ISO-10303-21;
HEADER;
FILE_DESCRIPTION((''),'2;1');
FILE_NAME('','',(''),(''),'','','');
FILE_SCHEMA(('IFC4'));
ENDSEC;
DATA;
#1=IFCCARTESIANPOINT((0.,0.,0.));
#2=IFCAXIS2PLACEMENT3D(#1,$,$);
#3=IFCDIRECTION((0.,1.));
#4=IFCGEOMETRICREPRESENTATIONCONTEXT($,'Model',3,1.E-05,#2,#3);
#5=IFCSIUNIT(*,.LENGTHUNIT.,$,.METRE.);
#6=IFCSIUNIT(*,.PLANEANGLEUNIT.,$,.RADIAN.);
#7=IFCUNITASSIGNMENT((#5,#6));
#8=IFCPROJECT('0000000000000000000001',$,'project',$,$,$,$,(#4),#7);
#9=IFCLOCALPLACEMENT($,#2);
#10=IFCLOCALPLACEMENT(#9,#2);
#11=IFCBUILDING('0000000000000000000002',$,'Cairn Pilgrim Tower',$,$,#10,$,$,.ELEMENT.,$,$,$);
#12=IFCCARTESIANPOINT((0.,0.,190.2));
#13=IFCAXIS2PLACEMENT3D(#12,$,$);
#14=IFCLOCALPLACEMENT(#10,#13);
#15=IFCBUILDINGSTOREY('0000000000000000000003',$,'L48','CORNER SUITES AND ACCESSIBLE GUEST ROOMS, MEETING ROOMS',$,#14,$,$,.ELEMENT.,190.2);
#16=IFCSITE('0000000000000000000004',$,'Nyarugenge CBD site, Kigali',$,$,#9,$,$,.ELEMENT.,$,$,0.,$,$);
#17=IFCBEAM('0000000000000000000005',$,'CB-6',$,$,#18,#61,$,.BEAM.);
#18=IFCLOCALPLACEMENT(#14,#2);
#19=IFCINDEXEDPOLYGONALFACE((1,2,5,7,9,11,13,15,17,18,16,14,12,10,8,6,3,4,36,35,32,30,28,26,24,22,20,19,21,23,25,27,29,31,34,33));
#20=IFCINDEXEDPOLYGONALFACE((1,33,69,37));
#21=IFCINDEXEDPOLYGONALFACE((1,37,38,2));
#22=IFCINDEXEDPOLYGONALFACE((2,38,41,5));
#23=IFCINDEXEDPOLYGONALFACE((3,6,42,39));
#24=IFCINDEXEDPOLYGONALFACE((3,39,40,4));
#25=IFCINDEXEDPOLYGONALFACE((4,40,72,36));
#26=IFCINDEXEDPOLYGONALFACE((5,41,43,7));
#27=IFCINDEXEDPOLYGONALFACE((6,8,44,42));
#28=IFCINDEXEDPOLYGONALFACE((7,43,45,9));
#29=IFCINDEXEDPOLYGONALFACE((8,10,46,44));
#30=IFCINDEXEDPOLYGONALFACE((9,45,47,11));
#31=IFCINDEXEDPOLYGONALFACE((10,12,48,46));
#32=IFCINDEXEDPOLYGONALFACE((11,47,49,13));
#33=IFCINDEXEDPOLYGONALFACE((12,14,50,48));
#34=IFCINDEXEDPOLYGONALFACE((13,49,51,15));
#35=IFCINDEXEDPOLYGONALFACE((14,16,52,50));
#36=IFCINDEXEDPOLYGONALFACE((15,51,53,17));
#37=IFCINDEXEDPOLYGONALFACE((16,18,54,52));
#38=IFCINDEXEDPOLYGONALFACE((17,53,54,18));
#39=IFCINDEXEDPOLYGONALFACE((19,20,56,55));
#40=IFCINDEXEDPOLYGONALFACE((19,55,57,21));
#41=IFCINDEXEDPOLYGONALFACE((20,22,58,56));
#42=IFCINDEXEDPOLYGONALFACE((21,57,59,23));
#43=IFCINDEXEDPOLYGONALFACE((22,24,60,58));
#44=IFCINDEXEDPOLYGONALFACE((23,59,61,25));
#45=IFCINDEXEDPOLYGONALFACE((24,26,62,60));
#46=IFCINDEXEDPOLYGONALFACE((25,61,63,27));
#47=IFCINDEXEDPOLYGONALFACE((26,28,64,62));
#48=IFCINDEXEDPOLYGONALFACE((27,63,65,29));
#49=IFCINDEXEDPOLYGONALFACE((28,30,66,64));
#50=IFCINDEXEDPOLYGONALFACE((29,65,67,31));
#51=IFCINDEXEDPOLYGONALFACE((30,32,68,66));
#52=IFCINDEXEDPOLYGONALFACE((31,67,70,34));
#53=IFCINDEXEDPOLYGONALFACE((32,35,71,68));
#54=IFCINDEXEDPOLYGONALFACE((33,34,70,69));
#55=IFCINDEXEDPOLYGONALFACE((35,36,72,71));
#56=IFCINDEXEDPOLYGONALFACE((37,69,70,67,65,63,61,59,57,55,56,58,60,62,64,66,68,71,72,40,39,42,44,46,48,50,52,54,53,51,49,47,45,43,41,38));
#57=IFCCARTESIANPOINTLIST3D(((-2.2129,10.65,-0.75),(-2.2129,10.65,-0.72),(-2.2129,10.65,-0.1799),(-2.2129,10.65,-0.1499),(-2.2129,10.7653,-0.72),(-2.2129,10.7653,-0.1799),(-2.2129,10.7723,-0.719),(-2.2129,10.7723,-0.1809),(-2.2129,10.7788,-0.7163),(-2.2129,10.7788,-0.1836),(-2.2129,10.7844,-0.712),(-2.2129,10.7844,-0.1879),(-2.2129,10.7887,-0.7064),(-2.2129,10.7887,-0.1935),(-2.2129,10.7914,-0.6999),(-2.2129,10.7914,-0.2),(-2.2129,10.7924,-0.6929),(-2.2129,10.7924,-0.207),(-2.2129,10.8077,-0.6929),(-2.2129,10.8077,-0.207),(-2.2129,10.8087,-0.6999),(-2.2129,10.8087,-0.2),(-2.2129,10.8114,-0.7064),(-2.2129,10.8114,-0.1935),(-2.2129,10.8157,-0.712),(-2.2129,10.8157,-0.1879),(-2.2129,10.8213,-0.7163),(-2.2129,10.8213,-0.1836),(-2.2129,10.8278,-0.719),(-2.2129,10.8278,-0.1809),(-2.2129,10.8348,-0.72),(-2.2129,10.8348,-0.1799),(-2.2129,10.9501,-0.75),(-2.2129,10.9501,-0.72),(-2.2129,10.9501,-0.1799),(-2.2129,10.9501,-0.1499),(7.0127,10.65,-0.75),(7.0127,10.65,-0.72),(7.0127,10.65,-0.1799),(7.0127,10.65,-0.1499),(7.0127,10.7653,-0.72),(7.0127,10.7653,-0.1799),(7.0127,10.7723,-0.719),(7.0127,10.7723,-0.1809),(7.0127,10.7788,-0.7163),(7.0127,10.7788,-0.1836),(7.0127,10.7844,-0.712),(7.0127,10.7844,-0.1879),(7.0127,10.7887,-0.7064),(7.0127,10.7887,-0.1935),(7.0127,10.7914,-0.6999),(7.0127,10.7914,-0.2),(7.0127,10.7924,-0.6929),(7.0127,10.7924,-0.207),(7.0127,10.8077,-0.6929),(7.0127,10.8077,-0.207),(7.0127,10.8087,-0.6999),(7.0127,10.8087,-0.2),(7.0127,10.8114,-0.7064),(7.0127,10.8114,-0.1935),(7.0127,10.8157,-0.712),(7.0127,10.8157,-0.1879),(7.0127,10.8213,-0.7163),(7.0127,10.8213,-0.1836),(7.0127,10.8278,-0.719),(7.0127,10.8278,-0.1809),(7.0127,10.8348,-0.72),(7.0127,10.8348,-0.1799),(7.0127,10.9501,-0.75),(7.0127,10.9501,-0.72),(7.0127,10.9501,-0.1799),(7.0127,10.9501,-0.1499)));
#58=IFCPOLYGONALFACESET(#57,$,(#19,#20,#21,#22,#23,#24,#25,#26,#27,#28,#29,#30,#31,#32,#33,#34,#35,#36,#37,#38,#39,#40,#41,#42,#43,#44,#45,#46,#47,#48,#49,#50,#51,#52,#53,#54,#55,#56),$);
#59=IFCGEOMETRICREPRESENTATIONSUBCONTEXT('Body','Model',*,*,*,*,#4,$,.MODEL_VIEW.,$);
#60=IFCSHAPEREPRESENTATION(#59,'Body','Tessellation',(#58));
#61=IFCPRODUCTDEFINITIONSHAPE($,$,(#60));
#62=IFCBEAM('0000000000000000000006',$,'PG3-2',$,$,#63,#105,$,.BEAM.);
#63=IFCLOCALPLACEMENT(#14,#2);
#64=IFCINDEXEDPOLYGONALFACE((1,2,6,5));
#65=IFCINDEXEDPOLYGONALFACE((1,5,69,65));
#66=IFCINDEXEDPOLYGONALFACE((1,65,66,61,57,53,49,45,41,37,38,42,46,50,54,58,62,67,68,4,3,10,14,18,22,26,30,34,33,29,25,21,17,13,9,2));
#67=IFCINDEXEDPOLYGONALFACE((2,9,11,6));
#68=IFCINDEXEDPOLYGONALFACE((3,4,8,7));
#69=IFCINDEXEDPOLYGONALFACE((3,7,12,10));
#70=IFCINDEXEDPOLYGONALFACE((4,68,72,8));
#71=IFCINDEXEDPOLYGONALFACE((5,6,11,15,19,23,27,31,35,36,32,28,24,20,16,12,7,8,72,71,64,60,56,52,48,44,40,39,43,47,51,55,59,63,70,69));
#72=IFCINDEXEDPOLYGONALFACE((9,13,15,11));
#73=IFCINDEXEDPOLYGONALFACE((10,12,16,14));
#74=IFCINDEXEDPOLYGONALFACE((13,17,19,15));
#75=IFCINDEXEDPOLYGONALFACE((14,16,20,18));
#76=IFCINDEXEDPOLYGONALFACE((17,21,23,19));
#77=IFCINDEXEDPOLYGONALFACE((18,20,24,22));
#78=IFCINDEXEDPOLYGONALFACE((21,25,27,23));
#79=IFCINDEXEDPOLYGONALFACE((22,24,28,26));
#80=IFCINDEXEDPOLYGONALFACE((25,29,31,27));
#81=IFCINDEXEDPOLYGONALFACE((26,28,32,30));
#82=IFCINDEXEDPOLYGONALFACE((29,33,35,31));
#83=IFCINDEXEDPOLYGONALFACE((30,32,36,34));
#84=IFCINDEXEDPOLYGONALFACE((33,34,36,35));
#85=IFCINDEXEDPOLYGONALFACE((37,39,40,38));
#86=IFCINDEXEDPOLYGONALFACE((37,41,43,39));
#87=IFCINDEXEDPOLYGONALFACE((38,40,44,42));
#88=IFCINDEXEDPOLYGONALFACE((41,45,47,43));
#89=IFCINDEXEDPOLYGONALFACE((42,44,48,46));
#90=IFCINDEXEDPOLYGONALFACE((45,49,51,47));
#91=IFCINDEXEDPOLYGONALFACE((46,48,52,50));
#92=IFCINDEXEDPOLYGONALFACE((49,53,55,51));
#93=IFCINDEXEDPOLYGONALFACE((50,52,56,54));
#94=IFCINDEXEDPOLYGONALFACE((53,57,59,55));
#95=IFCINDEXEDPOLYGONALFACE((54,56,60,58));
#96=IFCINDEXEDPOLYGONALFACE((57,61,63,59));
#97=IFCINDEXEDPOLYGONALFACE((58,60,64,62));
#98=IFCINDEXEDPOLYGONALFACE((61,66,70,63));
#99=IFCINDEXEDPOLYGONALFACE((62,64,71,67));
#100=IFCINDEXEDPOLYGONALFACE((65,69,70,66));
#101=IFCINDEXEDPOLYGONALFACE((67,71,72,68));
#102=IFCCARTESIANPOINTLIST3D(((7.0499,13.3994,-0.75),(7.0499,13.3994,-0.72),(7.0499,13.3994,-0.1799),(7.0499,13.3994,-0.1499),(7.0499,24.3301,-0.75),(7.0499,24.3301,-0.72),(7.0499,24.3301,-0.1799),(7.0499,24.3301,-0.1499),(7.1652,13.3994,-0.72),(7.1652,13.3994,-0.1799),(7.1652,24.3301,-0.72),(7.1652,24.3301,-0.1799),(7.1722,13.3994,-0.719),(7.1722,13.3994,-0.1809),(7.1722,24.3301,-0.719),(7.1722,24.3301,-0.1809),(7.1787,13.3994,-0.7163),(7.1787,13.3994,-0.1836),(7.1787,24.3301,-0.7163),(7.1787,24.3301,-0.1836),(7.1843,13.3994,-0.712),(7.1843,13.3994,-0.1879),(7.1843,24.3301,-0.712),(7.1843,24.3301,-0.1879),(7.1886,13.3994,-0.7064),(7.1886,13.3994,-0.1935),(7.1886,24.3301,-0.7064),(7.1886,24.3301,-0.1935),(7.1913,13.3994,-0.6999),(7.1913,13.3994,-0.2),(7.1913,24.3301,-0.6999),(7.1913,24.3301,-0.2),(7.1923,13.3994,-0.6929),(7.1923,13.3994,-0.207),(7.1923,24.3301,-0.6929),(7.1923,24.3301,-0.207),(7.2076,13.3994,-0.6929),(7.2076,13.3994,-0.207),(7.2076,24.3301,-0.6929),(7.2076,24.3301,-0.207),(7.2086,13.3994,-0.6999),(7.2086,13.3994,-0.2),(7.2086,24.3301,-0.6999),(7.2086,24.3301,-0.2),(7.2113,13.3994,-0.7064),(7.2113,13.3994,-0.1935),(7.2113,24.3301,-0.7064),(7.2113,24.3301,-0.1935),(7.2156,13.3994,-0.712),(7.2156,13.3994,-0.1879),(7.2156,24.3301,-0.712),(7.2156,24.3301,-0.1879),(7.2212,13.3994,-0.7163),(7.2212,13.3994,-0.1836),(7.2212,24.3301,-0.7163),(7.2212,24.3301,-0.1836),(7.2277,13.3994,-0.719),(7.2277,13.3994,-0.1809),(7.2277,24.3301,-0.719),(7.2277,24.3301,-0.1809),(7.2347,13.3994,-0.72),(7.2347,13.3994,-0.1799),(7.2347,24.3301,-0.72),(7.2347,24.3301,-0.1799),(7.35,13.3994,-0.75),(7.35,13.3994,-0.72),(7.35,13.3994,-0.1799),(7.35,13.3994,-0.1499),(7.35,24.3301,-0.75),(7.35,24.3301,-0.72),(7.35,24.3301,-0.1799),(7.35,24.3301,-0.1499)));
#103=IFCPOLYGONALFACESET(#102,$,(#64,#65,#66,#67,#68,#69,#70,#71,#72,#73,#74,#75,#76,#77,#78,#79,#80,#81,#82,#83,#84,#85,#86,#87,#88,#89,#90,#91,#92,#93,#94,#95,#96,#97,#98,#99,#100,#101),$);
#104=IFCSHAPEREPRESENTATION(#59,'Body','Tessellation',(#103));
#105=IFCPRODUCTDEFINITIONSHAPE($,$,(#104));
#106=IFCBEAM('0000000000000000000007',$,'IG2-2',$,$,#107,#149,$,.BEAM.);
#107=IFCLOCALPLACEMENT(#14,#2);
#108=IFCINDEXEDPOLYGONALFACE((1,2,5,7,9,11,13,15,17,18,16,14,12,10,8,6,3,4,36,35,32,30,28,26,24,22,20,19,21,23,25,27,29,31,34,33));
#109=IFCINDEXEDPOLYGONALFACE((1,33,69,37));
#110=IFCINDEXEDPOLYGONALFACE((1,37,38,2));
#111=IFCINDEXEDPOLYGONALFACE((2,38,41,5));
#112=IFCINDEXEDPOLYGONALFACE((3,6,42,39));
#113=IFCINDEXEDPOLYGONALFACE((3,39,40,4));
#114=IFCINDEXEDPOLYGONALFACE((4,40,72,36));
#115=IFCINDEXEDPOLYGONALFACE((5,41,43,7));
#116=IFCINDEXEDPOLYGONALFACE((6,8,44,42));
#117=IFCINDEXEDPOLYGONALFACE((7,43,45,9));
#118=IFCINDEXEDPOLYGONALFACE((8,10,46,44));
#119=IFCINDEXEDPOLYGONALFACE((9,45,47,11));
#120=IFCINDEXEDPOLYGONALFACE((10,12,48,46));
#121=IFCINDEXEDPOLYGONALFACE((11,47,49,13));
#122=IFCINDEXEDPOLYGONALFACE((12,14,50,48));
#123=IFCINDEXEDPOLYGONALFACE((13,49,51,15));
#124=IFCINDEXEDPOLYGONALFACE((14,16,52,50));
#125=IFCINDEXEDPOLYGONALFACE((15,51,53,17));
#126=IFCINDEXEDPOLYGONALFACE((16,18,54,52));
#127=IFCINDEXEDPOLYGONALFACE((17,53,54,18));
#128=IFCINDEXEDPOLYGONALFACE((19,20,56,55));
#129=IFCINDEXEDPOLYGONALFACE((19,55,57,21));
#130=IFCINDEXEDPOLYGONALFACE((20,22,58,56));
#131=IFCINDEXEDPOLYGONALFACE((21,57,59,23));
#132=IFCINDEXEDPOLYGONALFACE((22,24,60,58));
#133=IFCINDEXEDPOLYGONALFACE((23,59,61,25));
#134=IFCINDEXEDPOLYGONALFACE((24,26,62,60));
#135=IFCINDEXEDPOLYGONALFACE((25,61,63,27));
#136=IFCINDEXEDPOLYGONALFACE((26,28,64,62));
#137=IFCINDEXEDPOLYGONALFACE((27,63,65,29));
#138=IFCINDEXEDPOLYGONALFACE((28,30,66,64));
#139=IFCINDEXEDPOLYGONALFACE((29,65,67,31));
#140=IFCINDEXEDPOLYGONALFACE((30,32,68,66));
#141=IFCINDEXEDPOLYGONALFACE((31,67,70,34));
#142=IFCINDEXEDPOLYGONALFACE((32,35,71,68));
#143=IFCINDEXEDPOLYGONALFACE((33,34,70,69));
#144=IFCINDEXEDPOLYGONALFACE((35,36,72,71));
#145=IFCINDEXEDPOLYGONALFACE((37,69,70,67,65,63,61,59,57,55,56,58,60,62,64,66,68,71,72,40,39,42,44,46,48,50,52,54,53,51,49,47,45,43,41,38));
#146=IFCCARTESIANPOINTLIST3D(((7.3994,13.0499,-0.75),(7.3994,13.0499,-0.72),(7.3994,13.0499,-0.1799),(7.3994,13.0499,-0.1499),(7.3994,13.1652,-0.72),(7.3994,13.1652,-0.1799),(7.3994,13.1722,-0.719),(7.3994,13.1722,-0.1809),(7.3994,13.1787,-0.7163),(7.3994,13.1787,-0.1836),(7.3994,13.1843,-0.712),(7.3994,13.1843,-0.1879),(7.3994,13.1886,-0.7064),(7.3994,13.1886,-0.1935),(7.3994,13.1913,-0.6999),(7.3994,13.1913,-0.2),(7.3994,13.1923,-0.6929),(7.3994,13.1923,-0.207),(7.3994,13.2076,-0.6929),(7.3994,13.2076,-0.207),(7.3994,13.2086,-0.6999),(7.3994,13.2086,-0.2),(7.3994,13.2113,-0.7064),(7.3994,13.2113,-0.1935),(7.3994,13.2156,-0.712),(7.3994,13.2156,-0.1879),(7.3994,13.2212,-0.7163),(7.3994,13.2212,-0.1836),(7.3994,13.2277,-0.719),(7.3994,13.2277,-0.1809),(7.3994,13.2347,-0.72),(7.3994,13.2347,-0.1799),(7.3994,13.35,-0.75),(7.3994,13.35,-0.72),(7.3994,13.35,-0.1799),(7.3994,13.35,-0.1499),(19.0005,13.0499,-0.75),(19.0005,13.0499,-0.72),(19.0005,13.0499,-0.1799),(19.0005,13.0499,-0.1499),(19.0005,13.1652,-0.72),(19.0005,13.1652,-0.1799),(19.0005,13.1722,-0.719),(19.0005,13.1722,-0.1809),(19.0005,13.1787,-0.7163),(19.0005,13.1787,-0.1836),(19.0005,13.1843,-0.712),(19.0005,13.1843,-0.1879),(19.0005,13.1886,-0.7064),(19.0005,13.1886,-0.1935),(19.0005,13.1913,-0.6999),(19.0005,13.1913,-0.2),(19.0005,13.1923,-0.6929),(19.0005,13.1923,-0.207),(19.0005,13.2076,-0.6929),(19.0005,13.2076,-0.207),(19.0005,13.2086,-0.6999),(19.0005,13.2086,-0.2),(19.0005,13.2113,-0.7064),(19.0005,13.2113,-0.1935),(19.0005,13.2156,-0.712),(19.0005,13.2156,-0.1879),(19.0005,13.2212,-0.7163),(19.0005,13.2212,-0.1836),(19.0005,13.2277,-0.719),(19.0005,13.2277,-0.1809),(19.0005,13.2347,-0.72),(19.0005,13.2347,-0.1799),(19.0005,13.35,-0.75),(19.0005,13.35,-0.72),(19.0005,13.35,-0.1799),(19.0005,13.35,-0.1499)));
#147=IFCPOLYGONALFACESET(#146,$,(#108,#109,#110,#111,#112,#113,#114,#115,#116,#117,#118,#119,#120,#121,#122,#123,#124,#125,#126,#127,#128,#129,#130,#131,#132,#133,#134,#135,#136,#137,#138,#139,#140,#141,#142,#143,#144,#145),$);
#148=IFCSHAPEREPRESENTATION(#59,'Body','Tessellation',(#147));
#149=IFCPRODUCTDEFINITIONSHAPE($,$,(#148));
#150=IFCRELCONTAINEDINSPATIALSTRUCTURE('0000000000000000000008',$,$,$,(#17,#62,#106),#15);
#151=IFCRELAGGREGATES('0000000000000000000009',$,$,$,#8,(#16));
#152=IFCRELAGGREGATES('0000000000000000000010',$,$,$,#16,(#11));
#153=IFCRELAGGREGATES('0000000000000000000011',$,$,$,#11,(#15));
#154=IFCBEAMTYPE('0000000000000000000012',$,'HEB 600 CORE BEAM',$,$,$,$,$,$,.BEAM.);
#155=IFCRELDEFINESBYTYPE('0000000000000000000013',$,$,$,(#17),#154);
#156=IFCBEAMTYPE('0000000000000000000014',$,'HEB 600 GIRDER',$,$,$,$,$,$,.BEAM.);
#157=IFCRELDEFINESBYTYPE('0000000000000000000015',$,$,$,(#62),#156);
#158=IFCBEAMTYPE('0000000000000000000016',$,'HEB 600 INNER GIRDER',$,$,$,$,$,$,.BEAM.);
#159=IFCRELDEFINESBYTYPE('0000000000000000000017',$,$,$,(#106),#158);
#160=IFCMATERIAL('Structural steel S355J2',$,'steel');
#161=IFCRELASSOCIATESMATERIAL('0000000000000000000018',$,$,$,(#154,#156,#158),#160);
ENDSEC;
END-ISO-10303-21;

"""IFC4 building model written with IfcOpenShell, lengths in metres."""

from ifc_helpers import new_model, si_unit, direction, frame, origin, origin_2d, place, context, subcontext, project, spatial, i_section, extrude, material, material_profile, profile_set, type_object, element, save


model = new_model("IFC4")

# Units and contexts
model_context = context("Model", 3, precision=1e-05, world=origin(), true_north=direction((0.0, 1.0)))
body_context = subcontext(model_context, "Body", "Model", "MODEL_VIEW")
ifc_project = project(units=[si_unit("LENGTHUNIT", "METRE"), si_unit("PLANEANGLEUNIT", "RADIAN")], contexts=[model_context])

# Site, building, storey
site_placement = place(None, origin())
site = spatial("IfcSite", under=ifc_project, at=site_placement, Name="Nyarugenge CBD site, Kigali", CompositionType="ELEMENT", RefElevation=0.0)
building_placement = place(site_placement, origin())
building = spatial("IfcBuilding", under=site, at=building_placement, Name="Cairn Pilgrim Tower", CompositionType="ELEMENT")
storey_placement = place(building_placement, frame((0.0, 0.0, 190.2)))
storey = spatial("IfcBuildingStorey", under=building, at=storey_placement, Name="L48", Description="CORNER SUITES AND ACCESSIBLE GUEST ROOMS, MEETING ROOMS", CompositionType="ELEMENT", Elevation=190.2)

# Shared definitions
ifc_material_1 = material(Name="Structural steel S355J2", Category="steel")

# Beams
ifc_material_profile_1 = material_profile(ifc_material_1, i_section(OverallWidth=0.3, OverallDepth=0.6001, WebThickness=0.0154, FlangeThickness=0.03, FilletRadius=0.0271, at=origin_2d()), Name="HEB 600")
ifc_profile_set_1 = profile_set([ifc_material_profile_1], Name="Structural steel S355J2")
beam_type_1 = type_object("IfcBeamType", Name="HEB 600 CORE BEAM", PredefinedType="BEAM", material=ifc_profile_set_1)
beam_1_placement = place(storey_placement, frame((7.0127, 10.8, -0.45), z_axis=(-1.0, 0.0, 0.0), x_axis=(0.0, -1.0, 0.0)))
element("IfcBeam", 1, at=beam_1_placement, inside=storey, type_object=beam_type_1, Name="CB-6", PredefinedType="BEAM", context=body_context, shape_type="SweptSolid", body=[
    extrude(i_section(OverallWidth=0.3, OverallDepth=0.6001, WebThickness=0.0154, FlangeThickness=0.03, FilletRadius=0.0271, at=origin_2d()), origin(), (0.0, 0.0, 1.0), 9.2256),
])
ifc_material_profile_2 = material_profile(ifc_material_1, i_section(OverallWidth=0.3, OverallDepth=0.6001, WebThickness=0.0154, FlangeThickness=0.03, FilletRadius=0.0271, at=origin_2d()), Name="HEB 600")
ifc_profile_set_2 = profile_set([ifc_material_profile_2], Name="Structural steel S355J2")
beam_type_2 = type_object("IfcBeamType", Name="HEB 600 GIRDER", PredefinedType="BEAM", material=ifc_profile_set_2)
beam_2_placement = place(storey_placement, frame((7.2, 13.3994, -0.45), z_axis=(0.0, 1.0, 0.0), x_axis=(-1.0, 0.0, 0.0)))
element("IfcBeam", 2, at=beam_2_placement, inside=storey, type_object=beam_type_2, Name="PG3-2", PredefinedType="BEAM", context=body_context, shape_type="SweptSolid", body=[
    extrude(i_section(OverallWidth=0.3, OverallDepth=0.6001, WebThickness=0.0154, FlangeThickness=0.03, FilletRadius=0.0271, at=origin_2d()), origin(), (0.0, 0.0, 1.0), 10.9307),
])
ifc_material_profile_3 = material_profile(ifc_material_1, i_section(OverallWidth=0.3, OverallDepth=0.6001, WebThickness=0.0154, FlangeThickness=0.03, FilletRadius=0.0271, at=origin_2d()), Name="HEB 600")
ifc_profile_set_3 = profile_set([ifc_material_profile_3], Name="Structural steel S355J2")
beam_type_3 = type_object("IfcBeamType", Name="HEB 600 INNER GIRDER", PredefinedType="BEAM", material=ifc_profile_set_3)
beam_3_placement = place(storey_placement, frame((7.3994, 13.2, -0.45), z_axis=(1.0, 0.0, 0.0), x_axis=(0.0, 1.0, 0.0)))
element("IfcBeam", 3, at=beam_3_placement, inside=storey, type_object=beam_type_3, Name="IG2-2", PredefinedType="BEAM", context=body_context, shape_type="SweptSolid", body=[
    extrude(i_section(OverallWidth=0.3, OverallDepth=0.6001, WebThickness=0.0154, FlangeThickness=0.03, FilletRadius=0.0271, at=origin_2d()), origin(), (0.0, 0.0, 1.0), 11.6011),
])

save(model, "model.ifc")
